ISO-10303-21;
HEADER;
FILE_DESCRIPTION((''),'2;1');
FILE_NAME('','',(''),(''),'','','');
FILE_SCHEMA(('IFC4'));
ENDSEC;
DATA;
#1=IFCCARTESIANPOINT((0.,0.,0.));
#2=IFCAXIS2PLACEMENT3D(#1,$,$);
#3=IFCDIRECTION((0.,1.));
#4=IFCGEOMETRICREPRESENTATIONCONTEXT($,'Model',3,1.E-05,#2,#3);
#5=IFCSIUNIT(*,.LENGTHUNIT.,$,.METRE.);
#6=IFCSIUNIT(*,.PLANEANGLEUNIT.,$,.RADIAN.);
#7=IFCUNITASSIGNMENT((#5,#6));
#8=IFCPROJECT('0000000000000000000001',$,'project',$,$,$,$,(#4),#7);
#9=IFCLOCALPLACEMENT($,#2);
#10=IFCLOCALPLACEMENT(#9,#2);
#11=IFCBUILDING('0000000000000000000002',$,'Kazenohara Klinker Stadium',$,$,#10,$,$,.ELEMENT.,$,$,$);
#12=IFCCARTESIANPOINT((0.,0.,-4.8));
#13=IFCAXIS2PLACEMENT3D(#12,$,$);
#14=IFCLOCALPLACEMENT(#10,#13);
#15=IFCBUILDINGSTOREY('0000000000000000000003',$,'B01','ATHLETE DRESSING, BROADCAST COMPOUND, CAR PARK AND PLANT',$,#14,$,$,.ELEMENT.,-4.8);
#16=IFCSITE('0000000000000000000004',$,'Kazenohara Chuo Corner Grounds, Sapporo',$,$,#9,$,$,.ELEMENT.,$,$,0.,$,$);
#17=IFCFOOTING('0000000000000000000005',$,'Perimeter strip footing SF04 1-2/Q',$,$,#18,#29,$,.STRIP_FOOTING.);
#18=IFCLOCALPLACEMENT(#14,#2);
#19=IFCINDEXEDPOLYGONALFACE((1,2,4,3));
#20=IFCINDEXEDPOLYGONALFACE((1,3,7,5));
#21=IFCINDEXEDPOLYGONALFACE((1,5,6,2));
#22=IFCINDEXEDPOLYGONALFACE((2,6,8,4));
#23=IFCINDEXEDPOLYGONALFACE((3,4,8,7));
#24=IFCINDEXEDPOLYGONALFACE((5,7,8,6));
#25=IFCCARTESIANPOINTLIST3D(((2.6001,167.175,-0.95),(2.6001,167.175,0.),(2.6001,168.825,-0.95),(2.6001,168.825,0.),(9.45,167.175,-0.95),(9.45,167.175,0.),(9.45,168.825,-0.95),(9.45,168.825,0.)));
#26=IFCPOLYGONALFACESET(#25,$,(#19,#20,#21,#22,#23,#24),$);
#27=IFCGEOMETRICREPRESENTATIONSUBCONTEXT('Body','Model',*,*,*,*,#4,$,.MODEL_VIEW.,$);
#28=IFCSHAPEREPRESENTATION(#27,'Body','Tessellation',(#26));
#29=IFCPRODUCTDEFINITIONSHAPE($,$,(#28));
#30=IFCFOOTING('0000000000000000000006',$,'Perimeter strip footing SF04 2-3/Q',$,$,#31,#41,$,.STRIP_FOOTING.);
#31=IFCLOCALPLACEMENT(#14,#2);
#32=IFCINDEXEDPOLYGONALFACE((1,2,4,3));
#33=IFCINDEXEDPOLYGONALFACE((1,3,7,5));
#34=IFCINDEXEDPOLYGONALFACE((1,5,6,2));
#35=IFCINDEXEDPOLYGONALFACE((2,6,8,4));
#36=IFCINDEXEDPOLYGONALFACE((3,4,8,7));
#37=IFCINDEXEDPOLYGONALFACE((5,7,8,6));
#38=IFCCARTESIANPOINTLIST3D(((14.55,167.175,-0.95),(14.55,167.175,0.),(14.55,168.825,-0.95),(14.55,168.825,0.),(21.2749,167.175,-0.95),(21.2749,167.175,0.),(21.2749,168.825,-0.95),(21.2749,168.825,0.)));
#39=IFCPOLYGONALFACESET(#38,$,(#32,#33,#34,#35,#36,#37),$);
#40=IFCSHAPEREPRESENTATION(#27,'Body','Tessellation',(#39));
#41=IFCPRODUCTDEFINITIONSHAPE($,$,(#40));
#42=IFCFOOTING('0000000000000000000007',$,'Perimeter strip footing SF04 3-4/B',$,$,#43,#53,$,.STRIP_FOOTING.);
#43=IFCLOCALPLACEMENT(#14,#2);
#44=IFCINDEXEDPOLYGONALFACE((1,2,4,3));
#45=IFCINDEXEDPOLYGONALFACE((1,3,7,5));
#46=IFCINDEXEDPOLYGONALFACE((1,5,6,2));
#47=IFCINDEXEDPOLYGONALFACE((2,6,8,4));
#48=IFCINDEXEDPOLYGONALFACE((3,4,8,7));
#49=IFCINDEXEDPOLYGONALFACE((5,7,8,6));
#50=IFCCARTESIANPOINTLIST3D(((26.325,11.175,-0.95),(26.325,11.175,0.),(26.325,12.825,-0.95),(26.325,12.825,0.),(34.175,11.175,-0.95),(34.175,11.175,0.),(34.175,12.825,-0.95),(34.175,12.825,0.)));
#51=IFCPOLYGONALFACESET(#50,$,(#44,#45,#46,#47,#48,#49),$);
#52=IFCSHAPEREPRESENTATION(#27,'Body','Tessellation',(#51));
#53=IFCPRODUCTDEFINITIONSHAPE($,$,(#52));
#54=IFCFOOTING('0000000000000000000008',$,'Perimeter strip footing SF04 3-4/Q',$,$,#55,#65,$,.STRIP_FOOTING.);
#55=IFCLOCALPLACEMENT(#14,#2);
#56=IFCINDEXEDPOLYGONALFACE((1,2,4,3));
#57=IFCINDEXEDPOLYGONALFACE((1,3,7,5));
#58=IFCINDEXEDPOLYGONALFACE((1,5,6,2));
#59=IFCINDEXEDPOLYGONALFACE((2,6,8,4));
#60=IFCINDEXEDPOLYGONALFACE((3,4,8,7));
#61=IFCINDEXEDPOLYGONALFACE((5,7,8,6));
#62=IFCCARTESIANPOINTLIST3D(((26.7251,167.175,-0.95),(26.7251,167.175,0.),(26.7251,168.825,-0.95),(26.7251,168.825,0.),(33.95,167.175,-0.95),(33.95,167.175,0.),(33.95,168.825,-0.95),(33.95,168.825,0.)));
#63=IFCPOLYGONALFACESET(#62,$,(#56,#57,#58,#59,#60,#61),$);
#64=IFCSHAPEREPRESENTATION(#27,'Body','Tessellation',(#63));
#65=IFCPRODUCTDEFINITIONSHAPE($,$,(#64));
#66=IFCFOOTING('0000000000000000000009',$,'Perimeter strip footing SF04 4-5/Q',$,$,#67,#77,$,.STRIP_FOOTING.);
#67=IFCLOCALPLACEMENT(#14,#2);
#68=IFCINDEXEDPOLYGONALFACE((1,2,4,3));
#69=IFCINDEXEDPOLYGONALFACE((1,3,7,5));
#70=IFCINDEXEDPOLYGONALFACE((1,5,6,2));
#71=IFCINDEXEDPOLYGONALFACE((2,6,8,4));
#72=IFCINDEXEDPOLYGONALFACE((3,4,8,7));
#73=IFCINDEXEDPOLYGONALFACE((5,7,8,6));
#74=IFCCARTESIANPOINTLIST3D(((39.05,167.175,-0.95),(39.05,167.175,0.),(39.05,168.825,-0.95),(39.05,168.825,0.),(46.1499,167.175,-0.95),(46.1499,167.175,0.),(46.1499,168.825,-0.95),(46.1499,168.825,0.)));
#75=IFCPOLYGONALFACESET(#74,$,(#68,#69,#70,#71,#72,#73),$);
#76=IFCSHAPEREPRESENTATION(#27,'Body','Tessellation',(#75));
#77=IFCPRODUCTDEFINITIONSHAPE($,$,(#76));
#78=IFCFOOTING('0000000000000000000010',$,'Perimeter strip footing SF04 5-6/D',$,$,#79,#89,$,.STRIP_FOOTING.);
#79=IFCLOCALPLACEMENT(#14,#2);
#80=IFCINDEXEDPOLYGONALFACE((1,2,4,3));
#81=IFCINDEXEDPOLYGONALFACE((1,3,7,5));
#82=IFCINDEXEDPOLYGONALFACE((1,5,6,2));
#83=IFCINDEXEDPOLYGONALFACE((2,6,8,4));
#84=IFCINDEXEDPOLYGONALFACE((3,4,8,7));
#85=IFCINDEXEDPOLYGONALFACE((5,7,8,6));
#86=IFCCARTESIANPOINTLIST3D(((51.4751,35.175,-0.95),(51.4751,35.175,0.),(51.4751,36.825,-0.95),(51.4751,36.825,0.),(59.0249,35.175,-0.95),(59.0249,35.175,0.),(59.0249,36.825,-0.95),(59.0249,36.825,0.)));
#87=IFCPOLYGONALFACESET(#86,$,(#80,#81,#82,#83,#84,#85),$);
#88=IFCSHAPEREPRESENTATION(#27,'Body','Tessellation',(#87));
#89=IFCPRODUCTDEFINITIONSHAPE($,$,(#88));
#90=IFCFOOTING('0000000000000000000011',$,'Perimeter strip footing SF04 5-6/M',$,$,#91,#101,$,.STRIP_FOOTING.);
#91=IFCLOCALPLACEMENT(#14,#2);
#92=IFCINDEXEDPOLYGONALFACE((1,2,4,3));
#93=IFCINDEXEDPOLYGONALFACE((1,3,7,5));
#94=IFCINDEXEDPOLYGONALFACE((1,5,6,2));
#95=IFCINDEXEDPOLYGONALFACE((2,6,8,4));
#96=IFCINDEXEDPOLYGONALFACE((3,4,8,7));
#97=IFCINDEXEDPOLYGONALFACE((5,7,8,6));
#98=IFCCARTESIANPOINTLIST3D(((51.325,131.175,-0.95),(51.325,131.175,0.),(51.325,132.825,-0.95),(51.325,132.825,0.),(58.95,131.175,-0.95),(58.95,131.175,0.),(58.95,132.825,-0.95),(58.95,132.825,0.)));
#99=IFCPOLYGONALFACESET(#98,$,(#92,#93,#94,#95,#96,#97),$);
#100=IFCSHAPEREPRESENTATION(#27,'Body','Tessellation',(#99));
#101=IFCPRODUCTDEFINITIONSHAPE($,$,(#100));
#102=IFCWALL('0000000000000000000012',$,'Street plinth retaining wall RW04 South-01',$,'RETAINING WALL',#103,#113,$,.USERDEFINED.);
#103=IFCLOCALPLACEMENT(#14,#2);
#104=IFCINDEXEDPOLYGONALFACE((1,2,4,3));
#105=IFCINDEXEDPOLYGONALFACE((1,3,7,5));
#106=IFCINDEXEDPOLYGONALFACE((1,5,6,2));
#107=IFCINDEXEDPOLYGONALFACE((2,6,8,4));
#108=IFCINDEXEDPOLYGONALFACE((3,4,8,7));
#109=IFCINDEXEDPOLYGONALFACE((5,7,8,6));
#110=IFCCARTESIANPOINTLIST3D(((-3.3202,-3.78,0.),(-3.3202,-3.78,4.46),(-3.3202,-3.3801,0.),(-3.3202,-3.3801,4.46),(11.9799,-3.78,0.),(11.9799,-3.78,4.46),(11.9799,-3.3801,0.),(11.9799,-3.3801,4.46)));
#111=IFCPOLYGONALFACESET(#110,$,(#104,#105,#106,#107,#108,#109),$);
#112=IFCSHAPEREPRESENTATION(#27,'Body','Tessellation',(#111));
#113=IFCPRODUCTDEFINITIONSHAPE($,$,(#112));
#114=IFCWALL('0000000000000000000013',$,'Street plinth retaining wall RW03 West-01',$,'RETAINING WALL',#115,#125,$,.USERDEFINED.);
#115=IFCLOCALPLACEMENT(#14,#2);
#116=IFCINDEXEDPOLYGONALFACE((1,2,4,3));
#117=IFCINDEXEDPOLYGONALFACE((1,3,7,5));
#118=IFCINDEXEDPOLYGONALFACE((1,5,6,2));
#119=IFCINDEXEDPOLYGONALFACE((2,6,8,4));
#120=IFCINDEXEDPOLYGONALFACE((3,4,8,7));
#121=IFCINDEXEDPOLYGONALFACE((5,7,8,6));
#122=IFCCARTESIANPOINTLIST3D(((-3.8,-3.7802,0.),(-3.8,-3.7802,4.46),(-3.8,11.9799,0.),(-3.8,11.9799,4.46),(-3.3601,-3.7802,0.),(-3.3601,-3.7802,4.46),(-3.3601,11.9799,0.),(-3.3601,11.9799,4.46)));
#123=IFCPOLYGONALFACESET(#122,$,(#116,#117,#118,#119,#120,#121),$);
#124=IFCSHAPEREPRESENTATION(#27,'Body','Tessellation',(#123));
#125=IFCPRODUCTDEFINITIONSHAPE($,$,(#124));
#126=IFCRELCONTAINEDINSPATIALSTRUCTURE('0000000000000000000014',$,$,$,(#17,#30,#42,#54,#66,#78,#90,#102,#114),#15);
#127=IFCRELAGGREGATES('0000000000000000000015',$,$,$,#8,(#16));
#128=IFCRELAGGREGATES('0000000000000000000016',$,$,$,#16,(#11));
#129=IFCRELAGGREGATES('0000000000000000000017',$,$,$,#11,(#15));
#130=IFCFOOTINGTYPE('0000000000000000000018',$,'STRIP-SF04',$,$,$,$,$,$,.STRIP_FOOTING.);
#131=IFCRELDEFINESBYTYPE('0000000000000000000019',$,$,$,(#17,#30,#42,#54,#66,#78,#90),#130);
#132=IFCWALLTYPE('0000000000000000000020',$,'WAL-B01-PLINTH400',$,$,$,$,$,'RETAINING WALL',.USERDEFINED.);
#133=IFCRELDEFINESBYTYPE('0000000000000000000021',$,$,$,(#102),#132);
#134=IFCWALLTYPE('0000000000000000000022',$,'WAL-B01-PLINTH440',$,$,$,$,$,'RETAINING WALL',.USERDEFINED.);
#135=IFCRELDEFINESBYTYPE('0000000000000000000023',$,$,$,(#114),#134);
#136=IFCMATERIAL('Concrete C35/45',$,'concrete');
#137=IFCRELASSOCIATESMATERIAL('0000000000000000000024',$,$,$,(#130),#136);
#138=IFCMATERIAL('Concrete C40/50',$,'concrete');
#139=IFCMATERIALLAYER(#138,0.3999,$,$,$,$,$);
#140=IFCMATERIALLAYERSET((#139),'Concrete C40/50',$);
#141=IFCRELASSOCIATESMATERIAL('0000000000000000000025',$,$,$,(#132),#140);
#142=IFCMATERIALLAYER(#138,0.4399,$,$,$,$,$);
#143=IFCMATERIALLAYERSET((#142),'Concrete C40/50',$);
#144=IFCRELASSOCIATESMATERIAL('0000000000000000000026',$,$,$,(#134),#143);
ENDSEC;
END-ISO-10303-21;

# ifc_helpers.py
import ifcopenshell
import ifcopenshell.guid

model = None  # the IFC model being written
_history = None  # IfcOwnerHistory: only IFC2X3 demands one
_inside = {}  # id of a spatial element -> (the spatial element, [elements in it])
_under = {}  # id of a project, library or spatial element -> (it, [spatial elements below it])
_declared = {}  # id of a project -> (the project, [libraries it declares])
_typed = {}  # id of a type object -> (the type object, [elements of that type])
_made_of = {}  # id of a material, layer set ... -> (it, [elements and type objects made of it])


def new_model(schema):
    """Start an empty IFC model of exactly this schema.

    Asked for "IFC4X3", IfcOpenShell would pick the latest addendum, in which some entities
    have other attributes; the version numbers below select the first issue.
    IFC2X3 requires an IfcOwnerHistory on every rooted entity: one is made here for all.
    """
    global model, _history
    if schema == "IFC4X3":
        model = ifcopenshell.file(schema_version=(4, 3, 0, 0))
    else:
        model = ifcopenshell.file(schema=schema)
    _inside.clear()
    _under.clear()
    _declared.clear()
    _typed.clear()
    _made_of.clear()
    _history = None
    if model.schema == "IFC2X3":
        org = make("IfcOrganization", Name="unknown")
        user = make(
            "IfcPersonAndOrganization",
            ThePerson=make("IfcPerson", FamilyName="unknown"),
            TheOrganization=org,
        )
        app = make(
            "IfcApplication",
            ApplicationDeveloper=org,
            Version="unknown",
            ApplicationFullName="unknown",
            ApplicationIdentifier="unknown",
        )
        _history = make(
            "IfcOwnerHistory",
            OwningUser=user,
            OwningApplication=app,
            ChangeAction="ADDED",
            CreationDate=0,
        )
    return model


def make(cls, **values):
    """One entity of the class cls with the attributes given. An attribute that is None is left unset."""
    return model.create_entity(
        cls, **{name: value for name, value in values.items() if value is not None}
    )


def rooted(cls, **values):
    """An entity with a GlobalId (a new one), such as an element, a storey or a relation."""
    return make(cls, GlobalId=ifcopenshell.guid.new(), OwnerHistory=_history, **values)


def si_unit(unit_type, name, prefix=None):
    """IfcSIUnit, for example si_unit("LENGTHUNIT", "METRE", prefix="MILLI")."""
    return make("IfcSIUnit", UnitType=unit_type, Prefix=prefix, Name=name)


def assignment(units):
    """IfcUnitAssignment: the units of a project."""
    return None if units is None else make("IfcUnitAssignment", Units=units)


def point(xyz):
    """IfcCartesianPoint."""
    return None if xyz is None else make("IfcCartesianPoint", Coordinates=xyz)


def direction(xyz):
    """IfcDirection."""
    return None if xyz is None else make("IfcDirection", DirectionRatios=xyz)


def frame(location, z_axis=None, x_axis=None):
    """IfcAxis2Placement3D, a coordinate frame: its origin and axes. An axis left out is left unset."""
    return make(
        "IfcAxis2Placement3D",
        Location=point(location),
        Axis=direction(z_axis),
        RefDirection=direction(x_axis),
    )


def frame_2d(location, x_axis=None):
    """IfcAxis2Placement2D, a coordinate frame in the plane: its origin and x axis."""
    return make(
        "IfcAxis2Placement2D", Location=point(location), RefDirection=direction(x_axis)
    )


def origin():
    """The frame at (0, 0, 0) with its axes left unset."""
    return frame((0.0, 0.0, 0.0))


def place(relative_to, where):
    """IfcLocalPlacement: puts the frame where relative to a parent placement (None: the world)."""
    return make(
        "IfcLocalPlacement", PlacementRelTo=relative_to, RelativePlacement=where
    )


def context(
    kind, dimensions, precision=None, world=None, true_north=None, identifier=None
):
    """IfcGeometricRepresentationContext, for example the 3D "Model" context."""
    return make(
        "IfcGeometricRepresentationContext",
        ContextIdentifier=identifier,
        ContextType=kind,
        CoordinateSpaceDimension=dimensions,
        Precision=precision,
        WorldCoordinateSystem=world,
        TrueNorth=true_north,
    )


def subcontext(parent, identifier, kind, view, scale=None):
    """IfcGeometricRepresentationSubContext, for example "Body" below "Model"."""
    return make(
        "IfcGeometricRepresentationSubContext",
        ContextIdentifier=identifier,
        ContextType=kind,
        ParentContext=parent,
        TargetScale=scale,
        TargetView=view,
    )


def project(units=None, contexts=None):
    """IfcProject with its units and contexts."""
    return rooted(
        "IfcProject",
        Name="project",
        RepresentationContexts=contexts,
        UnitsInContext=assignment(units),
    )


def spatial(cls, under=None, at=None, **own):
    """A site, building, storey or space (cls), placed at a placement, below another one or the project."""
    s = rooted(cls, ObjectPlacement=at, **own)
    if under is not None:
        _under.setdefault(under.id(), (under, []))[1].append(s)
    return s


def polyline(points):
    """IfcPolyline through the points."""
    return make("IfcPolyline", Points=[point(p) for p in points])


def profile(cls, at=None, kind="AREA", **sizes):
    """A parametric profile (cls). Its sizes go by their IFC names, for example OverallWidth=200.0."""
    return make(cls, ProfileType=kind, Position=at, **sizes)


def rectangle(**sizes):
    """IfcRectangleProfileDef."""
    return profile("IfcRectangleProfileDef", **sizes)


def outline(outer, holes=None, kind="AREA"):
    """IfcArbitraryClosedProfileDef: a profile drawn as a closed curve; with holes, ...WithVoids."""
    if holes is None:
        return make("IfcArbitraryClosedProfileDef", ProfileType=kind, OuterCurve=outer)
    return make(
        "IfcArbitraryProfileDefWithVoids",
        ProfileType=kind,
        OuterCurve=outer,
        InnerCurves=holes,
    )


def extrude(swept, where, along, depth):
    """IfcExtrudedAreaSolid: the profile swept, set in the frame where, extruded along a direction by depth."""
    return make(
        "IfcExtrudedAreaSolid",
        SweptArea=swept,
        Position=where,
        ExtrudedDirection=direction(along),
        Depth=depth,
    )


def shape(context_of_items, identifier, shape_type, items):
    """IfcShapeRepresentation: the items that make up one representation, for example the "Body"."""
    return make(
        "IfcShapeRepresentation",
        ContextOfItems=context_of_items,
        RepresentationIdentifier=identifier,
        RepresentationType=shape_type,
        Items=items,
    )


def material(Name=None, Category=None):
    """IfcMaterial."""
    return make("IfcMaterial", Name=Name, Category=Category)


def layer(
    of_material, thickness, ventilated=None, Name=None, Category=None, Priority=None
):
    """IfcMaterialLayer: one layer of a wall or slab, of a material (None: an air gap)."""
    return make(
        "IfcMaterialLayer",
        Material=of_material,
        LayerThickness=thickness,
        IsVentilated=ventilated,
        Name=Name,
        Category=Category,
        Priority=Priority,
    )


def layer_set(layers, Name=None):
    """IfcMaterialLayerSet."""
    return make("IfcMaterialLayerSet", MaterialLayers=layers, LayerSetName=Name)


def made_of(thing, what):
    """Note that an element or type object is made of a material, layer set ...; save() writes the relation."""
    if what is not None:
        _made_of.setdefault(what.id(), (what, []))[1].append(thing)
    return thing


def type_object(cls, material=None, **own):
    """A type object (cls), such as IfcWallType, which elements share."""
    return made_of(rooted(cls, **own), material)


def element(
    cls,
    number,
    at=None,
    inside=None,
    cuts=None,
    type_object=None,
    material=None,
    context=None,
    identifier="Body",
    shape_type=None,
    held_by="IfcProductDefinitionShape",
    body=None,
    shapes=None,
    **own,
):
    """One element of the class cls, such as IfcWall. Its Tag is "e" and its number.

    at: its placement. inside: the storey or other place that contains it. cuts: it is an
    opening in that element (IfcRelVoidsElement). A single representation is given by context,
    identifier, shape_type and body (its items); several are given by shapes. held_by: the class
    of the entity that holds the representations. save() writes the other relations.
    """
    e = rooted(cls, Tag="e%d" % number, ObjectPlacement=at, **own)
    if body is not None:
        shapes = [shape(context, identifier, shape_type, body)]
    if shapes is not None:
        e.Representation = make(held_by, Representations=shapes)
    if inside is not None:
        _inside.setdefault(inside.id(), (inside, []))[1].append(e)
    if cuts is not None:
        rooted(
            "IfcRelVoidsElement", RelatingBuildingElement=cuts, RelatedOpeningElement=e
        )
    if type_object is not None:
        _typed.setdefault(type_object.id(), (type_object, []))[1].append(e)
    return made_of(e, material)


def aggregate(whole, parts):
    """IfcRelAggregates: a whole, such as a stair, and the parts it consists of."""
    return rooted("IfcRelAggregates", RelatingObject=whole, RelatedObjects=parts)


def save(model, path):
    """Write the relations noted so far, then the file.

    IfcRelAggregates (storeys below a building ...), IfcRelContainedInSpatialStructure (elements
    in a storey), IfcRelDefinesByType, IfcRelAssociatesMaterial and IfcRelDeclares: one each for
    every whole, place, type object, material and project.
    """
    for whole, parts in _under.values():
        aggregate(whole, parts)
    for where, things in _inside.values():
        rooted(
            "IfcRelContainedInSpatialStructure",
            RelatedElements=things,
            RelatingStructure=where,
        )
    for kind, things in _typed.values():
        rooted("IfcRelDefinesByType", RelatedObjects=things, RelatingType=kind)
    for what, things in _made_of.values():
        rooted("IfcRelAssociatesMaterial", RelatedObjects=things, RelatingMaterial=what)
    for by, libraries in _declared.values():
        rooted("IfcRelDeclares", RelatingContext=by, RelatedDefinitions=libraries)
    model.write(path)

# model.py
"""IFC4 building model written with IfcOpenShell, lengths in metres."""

from ifc_helpers import new_model, si_unit, direction, frame, frame_2d, origin, place, context, subcontext, project, spatial, polyline, rectangle, outline, extrude, material, layer, layer_set, type_object, element, save


model = new_model("IFC4")

# Units and contexts
model_context = context("Model", 3, precision=1e-05, world=origin(), true_north=direction((0.0, 1.0)))
body_context = subcontext(model_context, "Body", "Model", "MODEL_VIEW")
ifc_project = project(units=[si_unit("LENGTHUNIT", "METRE"), si_unit("PLANEANGLEUNIT", "RADIAN")], contexts=[model_context])

# Site, building, storey
site_placement = place(None, origin())
site = spatial("IfcSite", under=ifc_project, at=site_placement, Name="Kazenohara Chuo Corner Grounds, Sapporo", CompositionType="ELEMENT", RefElevation=0.0)
building_placement = place(site_placement, origin())
building = spatial("IfcBuilding", under=site, at=building_placement, Name="Kazenohara Klinker Stadium", CompositionType="ELEMENT")
storey_placement = place(building_placement, frame((0.0, 0.0, -4.8)))
storey = spatial("IfcBuildingStorey", under=building, at=storey_placement, Name="B01", Description="ATHLETE DRESSING, BROADCAST COMPOUND, CAR PARK AND PLANT", CompositionType="ELEMENT", Elevation=-4.8)

# Footings
ifc_material_1 = material(Name="Concrete C35/45", Category="concrete")
footing_type_1 = type_object("IfcFootingType", Name="STRIP-SF04", PredefinedType="STRIP_FOOTING", material=ifc_material_1)
footing_1_placement = place(storey_placement, frame((0.0, 0.0, -0.95)))
element("IfcFooting", 1, at=footing_1_placement, inside=storey, type_object=footing_type_1, Name="Perimeter strip footing SF04 1-2/Q", PredefinedType="STRIP_FOOTING", context=body_context, shape_type="SweptSolid", body=[
    extrude(outline(polyline([(2.6001, 167.175), (9.45, 167.175), (9.45, 168.825), (2.6001, 168.825), (2.6001, 167.175)])), origin(), (0.0, 0.0, 1.0), 0.95),
])
footing_2_placement = place(storey_placement, frame((0.0, 0.0, -0.95)))
element("IfcFooting", 2, at=footing_2_placement, inside=storey, type_object=footing_type_1, Name="Perimeter strip footing SF04 2-3/Q", PredefinedType="STRIP_FOOTING", context=body_context, shape_type="SweptSolid", body=[
    extrude(outline(polyline([(14.55, 167.175), (21.2749, 167.175), (21.2749, 168.825), (14.55, 168.825), (14.55, 167.175)])), origin(), (0.0, 0.0, 1.0), 0.95),
])
footing_3_placement = place(storey_placement, frame((0.0, 0.0, -0.95)))
element("IfcFooting", 3, at=footing_3_placement, inside=storey, type_object=footing_type_1, Name="Perimeter strip footing SF04 3-4/B", PredefinedType="STRIP_FOOTING", context=body_context, shape_type="SweptSolid", body=[
    extrude(outline(polyline([(26.325, 11.175), (34.175, 11.175), (34.175, 12.825), (26.325, 12.825), (26.325, 11.175)])), origin(), (0.0, 0.0, 1.0), 0.95),
])
footing_4_placement = place(storey_placement, frame((0.0, 0.0, -0.95)))
element("IfcFooting", 4, at=footing_4_placement, inside=storey, type_object=footing_type_1, Name="Perimeter strip footing SF04 3-4/Q", PredefinedType="STRIP_FOOTING", context=body_context, shape_type="SweptSolid", body=[
    extrude(outline(polyline([(26.7251, 167.175), (33.95, 167.175), (33.95, 168.825), (26.7251, 168.825), (26.7251, 167.175)])), origin(), (0.0, 0.0, 1.0), 0.95),
])
footing_5_placement = place(storey_placement, frame((0.0, 0.0, -0.95)))
element("IfcFooting", 5, at=footing_5_placement, inside=storey, type_object=footing_type_1, Name="Perimeter strip footing SF04 4-5/Q", PredefinedType="STRIP_FOOTING", context=body_context, shape_type="SweptSolid", body=[
    extrude(outline(polyline([(39.05, 167.175), (46.1499, 167.175), (46.1499, 168.825), (39.05, 168.825), (39.05, 167.175)])), origin(), (0.0, 0.0, 1.0), 0.95),
])
footing_6_placement = place(storey_placement, frame((0.0, 0.0, -0.95)))
element("IfcFooting", 6, at=footing_6_placement, inside=storey, type_object=footing_type_1, Name="Perimeter strip footing SF04 5-6/D", PredefinedType="STRIP_FOOTING", context=body_context, shape_type="SweptSolid", body=[
    extrude(outline(polyline([(51.4751, 35.175), (59.0249, 35.175), (59.0249, 36.825), (51.4751, 36.825), (51.4751, 35.175)])), origin(), (0.0, 0.0, 1.0), 0.95),
])
footing_7_placement = place(storey_placement, frame((0.0, 0.0, -0.95)))
element("IfcFooting", 7, at=footing_7_placement, inside=storey, type_object=footing_type_1, Name="Perimeter strip footing SF04 5-6/M", PredefinedType="STRIP_FOOTING", context=body_context, shape_type="SweptSolid", body=[
    extrude(outline(polyline([(51.325, 131.175), (58.95, 131.175), (58.95, 132.825), (51.325, 132.825), (51.325, 131.175)])), origin(), (0.0, 0.0, 1.0), 0.95),
])

# Walls
ifc_material_2 = material(Name="Concrete C40/50", Category="concrete")
ifc_layer_1 = layer(ifc_material_2, 0.3999)
ifc_layer_set_1 = layer_set([ifc_layer_1], Name="Concrete C40/50")
wall_type_1 = type_object("IfcWallType", Name="WAL-B01-PLINTH400", ElementType="RETAINING WALL", PredefinedType="USERDEFINED", material=ifc_layer_set_1)
wall_1_placement = place(storey_placement, frame((-3.3201, -3.5801, 0.0), z_axis=(0.0, 0.0, 1.0), x_axis=(1.0, 0.0, 0.0)))
element("IfcWall", 8, at=wall_1_placement, inside=storey, type_object=wall_type_1, Name="Street plinth retaining wall RW04 South-01", ObjectType="RETAINING WALL", PredefinedType="USERDEFINED", context=body_context, shape_type="SweptSolid", body=[
    extrude(rectangle(XDim=15.3, YDim=0.3999, at=frame_2d((7.6499, 0.0))), origin(), (0.0, 0.0, 1.0), 4.46),
])
ifc_layer_2 = layer(ifc_material_2, 0.4399)
ifc_layer_set_2 = layer_set([ifc_layer_2], Name="Concrete C40/50")
wall_type_2 = type_object("IfcWallType", Name="WAL-B01-PLINTH440", ElementType="RETAINING WALL", PredefinedType="USERDEFINED", material=ifc_layer_set_2)
wall_2_placement = place(storey_placement, frame((-3.5801, -3.78, 0.0), z_axis=(0.0, 0.0, 1.0), x_axis=(0.0, 1.0, 0.0)))
element("IfcWall", 9, at=wall_2_placement, inside=storey, type_object=wall_type_2, Name="Street plinth retaining wall RW03 West-01", ObjectType="RETAINING WALL", PredefinedType="USERDEFINED", context=body_context, shape_type="SweptSolid", body=[
    extrude(rectangle(XDim=15.76, YDim=0.4399, at=frame_2d((7.8799, 0.0))), origin(), (0.0, 0.0, 1.0), 4.46),
])

save(model, "model.ifc")
